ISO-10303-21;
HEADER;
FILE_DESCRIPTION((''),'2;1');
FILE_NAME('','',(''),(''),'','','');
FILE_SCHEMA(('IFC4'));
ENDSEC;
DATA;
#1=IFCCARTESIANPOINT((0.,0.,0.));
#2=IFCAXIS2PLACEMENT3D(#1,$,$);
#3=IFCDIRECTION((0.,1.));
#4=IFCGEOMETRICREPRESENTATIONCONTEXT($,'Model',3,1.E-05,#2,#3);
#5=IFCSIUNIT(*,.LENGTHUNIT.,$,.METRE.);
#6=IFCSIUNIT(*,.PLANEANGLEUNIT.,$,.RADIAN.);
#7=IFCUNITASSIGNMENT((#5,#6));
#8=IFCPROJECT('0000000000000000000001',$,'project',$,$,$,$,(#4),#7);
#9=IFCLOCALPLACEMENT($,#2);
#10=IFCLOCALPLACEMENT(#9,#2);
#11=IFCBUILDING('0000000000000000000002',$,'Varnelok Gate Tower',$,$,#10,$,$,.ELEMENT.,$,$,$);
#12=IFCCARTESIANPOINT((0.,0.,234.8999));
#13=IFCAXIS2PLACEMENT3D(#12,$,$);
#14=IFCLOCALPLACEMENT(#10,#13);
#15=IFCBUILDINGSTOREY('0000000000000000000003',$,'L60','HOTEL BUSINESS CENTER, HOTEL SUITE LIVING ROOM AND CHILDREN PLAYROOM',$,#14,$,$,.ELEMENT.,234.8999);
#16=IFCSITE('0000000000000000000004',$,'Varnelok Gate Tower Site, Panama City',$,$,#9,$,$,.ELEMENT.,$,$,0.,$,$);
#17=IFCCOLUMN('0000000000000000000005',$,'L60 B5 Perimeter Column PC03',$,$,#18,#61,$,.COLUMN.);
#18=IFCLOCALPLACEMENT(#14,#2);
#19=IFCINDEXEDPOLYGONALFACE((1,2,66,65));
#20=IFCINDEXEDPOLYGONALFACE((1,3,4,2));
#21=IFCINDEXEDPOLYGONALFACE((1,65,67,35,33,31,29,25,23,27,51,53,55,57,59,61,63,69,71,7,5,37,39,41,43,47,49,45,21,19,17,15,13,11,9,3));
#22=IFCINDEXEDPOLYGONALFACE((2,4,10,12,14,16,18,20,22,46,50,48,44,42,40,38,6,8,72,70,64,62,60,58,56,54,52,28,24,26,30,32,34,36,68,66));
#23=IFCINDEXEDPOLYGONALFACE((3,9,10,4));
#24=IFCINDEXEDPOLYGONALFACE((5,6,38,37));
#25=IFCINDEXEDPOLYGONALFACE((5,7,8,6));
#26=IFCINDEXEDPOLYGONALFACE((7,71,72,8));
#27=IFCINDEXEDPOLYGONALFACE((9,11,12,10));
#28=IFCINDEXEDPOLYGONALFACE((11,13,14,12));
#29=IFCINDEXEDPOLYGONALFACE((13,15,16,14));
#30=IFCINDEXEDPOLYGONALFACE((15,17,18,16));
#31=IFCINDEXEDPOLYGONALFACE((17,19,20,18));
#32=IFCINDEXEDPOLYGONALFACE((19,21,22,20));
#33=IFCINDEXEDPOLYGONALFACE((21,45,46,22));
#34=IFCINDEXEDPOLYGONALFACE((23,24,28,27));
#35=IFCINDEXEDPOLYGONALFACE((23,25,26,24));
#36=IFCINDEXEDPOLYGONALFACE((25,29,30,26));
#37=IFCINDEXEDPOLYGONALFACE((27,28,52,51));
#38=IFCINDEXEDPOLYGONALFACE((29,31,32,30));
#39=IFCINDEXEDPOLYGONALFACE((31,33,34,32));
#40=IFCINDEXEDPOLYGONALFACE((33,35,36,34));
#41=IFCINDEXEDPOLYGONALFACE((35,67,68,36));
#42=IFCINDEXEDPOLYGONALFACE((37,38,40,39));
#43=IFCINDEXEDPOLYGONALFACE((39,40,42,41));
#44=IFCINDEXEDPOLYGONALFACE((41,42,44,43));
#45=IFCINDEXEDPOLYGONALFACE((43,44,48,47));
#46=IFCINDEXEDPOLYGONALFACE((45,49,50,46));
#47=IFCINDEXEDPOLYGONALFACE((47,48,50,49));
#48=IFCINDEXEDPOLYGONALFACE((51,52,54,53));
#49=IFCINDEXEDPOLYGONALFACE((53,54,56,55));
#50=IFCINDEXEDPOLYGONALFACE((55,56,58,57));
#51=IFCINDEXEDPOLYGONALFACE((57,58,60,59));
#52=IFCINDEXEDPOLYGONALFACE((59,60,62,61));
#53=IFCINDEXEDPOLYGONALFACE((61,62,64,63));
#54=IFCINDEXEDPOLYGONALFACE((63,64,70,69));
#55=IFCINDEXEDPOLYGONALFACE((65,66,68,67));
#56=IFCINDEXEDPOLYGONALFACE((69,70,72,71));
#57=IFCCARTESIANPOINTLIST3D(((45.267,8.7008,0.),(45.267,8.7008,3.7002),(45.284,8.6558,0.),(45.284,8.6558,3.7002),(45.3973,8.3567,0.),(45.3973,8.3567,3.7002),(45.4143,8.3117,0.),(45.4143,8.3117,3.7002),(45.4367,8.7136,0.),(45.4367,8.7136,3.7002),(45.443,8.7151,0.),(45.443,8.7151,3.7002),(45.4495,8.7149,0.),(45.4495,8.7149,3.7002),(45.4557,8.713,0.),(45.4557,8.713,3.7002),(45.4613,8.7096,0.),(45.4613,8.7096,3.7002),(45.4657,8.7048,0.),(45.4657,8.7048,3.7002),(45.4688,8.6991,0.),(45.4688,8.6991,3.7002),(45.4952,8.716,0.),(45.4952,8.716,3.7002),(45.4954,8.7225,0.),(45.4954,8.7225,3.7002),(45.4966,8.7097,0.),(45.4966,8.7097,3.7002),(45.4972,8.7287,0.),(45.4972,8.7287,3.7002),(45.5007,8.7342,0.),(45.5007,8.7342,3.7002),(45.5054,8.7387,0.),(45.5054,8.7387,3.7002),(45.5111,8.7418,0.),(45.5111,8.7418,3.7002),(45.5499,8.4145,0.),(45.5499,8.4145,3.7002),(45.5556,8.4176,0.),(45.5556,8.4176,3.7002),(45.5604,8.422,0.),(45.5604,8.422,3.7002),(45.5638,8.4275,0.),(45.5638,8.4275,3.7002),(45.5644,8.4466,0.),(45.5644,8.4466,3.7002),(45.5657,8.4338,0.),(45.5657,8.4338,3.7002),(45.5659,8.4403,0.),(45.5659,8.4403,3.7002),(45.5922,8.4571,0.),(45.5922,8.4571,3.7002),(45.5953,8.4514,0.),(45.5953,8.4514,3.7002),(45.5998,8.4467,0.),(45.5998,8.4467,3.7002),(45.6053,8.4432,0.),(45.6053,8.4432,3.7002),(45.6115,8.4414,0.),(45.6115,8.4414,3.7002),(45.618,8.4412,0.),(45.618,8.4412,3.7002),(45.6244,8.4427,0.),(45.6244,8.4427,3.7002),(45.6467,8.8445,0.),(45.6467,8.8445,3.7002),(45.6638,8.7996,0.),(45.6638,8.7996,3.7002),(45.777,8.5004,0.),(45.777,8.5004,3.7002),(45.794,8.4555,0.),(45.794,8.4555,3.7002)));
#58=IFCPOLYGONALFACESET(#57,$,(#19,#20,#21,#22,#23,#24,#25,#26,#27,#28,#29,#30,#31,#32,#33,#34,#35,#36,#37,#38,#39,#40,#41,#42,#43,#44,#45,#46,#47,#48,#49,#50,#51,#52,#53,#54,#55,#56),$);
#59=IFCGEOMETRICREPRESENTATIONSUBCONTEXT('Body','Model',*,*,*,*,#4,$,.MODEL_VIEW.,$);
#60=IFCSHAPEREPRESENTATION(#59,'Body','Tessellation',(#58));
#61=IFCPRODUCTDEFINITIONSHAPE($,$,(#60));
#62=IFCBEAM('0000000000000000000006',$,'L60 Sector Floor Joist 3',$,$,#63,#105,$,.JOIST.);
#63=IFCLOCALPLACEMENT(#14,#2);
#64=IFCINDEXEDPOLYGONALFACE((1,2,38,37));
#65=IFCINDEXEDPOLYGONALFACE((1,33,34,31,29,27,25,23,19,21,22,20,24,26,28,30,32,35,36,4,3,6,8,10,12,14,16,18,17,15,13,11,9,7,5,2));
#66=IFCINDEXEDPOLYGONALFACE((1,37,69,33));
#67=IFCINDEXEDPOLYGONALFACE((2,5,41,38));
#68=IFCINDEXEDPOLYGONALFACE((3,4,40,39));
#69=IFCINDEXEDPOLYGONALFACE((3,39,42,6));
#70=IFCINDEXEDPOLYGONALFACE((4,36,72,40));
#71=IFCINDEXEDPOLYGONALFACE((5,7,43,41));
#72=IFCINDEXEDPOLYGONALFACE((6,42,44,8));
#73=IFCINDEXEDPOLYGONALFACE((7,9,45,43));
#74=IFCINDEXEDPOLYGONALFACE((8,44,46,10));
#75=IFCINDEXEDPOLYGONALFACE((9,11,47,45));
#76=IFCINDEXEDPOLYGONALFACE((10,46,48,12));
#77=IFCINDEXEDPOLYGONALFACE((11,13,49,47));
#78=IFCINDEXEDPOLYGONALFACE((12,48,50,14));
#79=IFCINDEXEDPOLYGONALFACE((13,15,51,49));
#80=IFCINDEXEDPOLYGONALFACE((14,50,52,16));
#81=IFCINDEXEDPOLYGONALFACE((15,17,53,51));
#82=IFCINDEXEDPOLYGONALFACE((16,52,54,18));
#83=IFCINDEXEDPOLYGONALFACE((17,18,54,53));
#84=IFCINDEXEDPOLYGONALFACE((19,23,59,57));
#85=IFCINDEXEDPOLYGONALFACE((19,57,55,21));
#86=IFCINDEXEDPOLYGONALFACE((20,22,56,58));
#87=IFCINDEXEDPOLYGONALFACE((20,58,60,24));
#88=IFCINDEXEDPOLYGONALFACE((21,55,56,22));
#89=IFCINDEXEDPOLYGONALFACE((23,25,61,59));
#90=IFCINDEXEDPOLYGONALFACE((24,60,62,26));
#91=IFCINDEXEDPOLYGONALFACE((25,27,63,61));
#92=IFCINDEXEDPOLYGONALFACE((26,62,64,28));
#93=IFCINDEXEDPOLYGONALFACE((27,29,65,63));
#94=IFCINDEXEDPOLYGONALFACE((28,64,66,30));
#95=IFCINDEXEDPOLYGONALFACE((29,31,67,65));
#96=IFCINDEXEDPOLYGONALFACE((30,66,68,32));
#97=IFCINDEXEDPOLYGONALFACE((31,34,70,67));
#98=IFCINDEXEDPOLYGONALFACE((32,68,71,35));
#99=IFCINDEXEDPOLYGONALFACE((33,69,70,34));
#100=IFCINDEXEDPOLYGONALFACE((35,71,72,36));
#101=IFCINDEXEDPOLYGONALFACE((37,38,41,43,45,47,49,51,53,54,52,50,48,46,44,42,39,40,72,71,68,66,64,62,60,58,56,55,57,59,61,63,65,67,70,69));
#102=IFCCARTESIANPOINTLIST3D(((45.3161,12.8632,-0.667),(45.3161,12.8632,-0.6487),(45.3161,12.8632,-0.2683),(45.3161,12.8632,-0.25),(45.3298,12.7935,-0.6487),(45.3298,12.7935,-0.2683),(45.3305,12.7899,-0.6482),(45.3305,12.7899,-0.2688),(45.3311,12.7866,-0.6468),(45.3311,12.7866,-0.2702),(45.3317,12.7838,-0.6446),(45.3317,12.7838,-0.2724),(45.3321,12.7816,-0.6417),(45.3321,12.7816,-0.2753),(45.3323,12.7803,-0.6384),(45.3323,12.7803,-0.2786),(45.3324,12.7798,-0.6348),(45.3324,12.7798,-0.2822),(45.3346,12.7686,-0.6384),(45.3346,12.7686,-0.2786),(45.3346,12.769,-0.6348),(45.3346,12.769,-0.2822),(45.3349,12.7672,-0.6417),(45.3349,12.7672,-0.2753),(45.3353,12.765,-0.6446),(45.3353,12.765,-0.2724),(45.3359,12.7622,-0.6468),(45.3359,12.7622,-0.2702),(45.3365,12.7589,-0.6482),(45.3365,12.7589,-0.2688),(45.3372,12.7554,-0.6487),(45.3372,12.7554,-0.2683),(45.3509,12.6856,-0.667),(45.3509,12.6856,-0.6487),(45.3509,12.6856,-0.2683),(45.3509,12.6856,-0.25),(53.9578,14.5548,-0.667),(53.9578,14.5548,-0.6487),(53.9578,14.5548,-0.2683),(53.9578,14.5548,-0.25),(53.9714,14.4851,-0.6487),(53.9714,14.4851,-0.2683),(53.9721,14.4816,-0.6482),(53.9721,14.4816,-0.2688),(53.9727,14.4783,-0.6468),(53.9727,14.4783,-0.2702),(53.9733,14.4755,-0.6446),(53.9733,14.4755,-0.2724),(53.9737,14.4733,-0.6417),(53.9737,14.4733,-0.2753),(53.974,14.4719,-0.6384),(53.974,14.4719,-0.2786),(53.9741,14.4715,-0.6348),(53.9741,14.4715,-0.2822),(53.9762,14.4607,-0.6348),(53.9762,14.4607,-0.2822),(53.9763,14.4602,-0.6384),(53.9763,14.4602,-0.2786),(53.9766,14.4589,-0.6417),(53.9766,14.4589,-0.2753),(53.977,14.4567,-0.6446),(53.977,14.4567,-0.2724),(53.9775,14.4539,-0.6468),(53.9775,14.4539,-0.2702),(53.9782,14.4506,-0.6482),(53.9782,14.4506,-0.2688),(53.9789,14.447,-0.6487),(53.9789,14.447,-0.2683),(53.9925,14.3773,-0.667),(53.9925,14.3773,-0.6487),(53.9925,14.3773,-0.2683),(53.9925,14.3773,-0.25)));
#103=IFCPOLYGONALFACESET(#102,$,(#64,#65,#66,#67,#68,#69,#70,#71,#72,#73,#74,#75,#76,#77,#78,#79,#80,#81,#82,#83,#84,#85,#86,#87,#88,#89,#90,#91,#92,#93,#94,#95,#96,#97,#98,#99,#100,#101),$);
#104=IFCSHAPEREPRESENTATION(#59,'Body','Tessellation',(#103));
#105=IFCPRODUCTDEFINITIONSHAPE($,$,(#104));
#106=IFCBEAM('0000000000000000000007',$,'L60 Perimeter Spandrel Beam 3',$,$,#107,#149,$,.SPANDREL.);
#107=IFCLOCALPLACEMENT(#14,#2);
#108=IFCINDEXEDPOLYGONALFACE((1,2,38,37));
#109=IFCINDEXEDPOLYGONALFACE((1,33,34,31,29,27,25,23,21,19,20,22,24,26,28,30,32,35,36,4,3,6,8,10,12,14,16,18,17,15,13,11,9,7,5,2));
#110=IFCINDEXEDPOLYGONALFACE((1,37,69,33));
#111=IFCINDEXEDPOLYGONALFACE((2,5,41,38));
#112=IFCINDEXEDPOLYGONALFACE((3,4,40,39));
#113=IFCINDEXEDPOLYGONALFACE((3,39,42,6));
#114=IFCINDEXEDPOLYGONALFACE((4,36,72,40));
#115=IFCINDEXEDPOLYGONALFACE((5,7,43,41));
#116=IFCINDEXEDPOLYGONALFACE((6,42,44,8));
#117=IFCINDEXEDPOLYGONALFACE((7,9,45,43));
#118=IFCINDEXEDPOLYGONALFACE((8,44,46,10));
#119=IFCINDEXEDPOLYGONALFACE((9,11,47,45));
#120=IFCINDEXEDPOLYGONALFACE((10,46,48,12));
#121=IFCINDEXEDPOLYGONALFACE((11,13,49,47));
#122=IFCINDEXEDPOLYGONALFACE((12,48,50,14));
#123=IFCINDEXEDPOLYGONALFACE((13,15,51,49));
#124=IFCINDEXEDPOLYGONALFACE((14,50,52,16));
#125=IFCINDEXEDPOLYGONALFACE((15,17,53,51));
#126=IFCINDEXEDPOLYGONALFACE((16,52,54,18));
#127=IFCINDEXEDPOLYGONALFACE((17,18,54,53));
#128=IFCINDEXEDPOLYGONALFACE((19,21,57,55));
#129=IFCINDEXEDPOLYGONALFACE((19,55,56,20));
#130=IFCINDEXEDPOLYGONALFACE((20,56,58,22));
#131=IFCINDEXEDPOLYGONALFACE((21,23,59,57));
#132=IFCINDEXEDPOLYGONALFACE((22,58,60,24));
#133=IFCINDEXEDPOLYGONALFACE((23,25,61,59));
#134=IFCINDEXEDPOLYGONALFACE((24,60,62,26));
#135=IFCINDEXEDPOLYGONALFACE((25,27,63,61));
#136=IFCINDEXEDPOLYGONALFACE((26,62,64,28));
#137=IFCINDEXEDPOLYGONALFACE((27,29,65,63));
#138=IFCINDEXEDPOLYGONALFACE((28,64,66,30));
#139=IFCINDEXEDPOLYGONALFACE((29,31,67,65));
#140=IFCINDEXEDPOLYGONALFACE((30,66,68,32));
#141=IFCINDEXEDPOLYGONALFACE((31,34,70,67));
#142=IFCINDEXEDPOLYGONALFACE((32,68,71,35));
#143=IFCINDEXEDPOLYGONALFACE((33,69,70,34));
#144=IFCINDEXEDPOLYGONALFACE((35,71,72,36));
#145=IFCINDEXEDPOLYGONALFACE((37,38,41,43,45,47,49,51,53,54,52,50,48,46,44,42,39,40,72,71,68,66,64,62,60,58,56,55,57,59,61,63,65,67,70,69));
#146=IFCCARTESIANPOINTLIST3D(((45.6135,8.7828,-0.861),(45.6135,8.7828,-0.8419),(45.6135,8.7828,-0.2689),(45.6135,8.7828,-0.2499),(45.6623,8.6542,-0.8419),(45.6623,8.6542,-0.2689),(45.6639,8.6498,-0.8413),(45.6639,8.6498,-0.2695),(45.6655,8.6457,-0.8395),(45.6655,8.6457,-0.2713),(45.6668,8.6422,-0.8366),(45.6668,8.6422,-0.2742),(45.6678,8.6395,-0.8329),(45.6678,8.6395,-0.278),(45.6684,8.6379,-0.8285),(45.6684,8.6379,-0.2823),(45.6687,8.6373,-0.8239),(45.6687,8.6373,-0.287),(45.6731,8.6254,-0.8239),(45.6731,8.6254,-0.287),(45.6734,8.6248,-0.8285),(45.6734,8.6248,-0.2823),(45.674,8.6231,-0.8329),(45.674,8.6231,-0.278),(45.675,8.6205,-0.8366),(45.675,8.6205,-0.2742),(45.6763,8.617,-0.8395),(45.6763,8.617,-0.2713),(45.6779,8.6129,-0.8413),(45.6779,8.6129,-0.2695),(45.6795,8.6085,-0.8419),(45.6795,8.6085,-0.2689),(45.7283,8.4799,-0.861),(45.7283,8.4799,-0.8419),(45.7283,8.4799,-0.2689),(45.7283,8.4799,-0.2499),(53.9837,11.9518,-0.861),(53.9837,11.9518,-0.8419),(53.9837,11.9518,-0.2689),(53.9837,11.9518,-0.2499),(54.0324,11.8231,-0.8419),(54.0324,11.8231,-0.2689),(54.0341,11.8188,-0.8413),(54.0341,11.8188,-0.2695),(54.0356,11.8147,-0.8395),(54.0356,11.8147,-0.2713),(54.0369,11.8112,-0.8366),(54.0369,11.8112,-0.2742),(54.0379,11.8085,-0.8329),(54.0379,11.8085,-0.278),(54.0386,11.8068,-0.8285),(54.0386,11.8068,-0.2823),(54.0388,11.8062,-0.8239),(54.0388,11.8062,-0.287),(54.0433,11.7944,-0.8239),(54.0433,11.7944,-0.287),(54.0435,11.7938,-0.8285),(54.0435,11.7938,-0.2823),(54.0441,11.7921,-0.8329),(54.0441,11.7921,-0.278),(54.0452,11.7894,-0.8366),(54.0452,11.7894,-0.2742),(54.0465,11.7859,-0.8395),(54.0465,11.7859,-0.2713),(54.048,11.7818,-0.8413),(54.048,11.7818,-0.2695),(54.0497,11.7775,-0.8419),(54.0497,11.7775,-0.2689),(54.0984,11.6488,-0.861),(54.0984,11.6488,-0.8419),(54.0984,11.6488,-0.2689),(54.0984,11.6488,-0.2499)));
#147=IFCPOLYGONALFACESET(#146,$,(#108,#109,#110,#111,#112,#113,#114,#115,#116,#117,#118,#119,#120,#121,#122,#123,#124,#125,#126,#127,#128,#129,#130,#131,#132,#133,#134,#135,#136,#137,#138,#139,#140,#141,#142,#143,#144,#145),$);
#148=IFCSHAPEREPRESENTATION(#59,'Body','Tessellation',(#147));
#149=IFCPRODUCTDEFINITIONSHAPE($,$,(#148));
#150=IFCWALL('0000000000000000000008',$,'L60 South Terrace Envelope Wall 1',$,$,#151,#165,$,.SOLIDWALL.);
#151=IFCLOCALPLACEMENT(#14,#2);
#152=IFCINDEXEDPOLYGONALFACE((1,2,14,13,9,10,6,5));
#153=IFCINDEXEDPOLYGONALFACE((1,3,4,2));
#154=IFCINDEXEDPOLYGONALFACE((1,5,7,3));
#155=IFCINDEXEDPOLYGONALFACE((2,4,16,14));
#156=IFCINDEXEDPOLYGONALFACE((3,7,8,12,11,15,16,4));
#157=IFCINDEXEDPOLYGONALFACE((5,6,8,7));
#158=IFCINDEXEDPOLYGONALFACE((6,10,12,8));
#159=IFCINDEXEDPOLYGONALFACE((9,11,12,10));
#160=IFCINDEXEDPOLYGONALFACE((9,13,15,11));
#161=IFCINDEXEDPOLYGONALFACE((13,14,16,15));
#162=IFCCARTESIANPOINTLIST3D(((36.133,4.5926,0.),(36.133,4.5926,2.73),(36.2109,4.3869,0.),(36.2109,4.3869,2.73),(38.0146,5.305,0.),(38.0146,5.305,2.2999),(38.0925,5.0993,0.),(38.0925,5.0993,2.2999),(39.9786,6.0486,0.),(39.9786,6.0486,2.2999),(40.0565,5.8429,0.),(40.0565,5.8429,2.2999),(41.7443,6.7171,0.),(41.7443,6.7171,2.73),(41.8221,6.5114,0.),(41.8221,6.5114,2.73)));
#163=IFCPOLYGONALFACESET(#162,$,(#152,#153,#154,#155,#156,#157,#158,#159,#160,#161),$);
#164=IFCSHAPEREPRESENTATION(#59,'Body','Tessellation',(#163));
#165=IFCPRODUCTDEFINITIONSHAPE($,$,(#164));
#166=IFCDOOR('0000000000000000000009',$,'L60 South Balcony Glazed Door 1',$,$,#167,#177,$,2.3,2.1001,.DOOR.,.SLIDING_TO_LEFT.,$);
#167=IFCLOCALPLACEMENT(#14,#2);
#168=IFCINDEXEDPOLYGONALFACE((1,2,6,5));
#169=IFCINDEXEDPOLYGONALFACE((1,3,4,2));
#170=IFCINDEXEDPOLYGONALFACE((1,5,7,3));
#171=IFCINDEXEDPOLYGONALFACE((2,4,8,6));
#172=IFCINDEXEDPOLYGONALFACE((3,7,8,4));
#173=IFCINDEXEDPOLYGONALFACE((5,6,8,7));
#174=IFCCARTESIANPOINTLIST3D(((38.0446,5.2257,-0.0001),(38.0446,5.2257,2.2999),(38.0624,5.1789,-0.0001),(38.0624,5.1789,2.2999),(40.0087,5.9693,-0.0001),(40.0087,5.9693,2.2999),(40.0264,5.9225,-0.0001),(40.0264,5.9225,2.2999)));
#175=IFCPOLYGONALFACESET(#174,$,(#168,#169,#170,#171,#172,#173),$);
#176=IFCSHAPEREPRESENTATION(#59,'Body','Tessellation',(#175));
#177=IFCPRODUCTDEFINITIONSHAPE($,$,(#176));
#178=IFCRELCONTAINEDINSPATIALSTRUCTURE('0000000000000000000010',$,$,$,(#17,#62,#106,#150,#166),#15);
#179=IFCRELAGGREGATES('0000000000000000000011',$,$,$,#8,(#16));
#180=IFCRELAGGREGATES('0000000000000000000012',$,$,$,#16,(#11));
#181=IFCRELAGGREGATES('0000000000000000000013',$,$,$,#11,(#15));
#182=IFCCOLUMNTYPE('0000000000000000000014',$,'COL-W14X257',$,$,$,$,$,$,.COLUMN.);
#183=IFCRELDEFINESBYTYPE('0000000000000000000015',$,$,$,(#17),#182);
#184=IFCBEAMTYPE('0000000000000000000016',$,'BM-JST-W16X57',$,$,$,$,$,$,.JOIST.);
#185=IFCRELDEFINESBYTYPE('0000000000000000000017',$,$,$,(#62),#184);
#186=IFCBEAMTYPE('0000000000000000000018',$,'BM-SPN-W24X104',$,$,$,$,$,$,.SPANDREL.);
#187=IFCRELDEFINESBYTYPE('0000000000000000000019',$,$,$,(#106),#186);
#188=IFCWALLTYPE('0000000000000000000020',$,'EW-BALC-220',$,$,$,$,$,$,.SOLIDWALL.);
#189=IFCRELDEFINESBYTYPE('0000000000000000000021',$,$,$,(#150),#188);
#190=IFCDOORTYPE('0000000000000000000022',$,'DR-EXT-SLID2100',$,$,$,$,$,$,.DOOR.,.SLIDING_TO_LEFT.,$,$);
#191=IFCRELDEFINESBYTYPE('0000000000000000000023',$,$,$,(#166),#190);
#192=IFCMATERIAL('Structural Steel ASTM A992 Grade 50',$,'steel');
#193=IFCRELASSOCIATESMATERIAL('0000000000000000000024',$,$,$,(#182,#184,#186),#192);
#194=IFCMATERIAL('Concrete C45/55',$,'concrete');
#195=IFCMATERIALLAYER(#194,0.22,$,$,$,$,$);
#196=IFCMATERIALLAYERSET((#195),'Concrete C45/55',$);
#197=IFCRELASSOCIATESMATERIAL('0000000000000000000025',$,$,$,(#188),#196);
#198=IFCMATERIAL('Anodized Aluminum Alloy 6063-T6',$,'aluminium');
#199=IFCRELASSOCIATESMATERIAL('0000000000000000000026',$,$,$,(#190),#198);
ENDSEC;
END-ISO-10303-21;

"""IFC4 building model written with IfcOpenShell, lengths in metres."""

from ifc_helpers import new_model, si_unit, direction, frame, frame_2d, origin, origin_2d, place, context, subcontext, project, spatial, rectangle, i_section, extrude, material, layer, layer_set, material_profile, profile_set, type_object, element, fill, save


model = new_model("IFC4")

# Units and contexts
model_context = context("Model", 3, precision=1e-05, world=origin(), true_north=direction((0.0, 1.0)))
body_context = subcontext(model_context, "Body", "Model", "MODEL_VIEW")
ifc_project = project(units=[si_unit("LENGTHUNIT", "METRE"), si_unit("PLANEANGLEUNIT", "RADIAN")], contexts=[model_context])

# Site, building, storey
site_placement = place(None, origin())
site = spatial("IfcSite", under=ifc_project, at=site_placement, Name="Varnelok Gate Tower Site, Panama City", CompositionType="ELEMENT", RefElevation=0.0)
building_placement = place(site_placement, origin())
building = spatial("IfcBuilding", under=site, at=building_placement, Name="Varnelok Gate Tower", CompositionType="ELEMENT")
storey_placement = place(building_placement, frame((0.0, 0.0, 234.8999)))
storey = spatial("IfcBuildingStorey", under=building, at=storey_placement, Name="L60", Description="HOTEL BUSINESS CENTER, HOTEL SUITE LIVING ROOM AND CHILDREN PLAYROOM", CompositionType="ELEMENT", Elevation=234.8999)

# Column
ifc_material_1 = material(Name="Structural Steel ASTM A992 Grade 50", Category="steel")
ifc_material_profile_1 = material_profile(ifc_material_1, i_section(OverallWidth=0.406, OverallDepth=0.416, WebThickness=0.0298, FlangeThickness=0.0481, FilletRadius=0.0249, at=origin_2d()), Name="W14X257")
ifc_profile_set_1 = profile_set([ifc_material_profile_1], Name="Structural Steel ASTM A992 Grade 50")
column_type = type_object("IfcColumnType", Name="COL-W14X257", PredefinedType="COLUMN", material=ifc_profile_set_1)
column_placement = place(storey_placement, frame((45.5305, 8.5781, 0.0), z_axis=(0.0, 0.0, 1.0), x_axis=(0.935222, 0.354063, 0.0)))
element("IfcColumn", 1, at=column_placement, inside=storey, type_object=column_type, Name="L60 B5 Perimeter Column PC03", PredefinedType="COLUMN", context=body_context, shape_type="SweptSolid", body=[
    extrude(i_section(OverallWidth=0.406, OverallDepth=0.416, WebThickness=0.0298, FlangeThickness=0.0481, FilletRadius=0.0249, at=origin_2d()), origin(), (0.0, 0.0, 1.0), 3.7002),
])

# Beams
ifc_material_profile_2 = material_profile(ifc_material_1, i_section(OverallWidth=0.1809, OverallDepth=0.417, WebThickness=0.011, FlangeThickness=0.0183, FilletRadius=0.0139, at=origin_2d()), Name="W16X57")
ifc_profile_set_2 = profile_set([ifc_material_profile_2], Name="Structural Steel ASTM A992 Grade 50")
beam_type_1 = type_object("IfcBeamType", Name="BM-JST-W16X57", PredefinedType="JOIST", material=ifc_profile_set_2)
beam_1_placement = place(storey_placement, frame((45.3335, 12.7744, -0.4585), z_axis=(0.981373, 0.19211, 0.0), x_axis=(-0.19211, 0.981373, 0.0)))
element("IfcBeam", 2, at=beam_1_placement, inside=storey, type_object=beam_type_1, Name="L60 Sector Floor Joist 3", PredefinedType="JOIST", context=body_context, shape_type="SweptSolid", body=[
    extrude(i_section(OverallWidth=0.1809, OverallDepth=0.417, WebThickness=0.011, FlangeThickness=0.0183, FilletRadius=0.0139, at=origin_2d()), origin(), (0.0, 0.0, 1.0), 8.8057),
])
ifc_material_profile_3 = material_profile(ifc_material_1, i_section(OverallWidth=0.324, OverallDepth=0.6111, WebThickness=0.0127, FlangeThickness=0.019, FilletRadius=0.0181, at=origin_2d()), Name="W24X104")
ifc_profile_set_3 = profile_set([ifc_material_profile_3], Name="Structural Steel ASTM A992 Grade 50")
beam_type_2 = type_object("IfcBeamType", Name="BM-SPN-W24X104", PredefinedType="SPANDREL", material=ifc_profile_set_3)
beam_2_placement = place(storey_placement, frame((45.6709, 8.6313, -0.5554), z_axis=(0.935217, 0.354075, 0.0), x_axis=(-0.354075, 0.935217, 0.0)))
element("IfcBeam", 3, at=beam_2_placement, inside=storey, type_object=beam_type_2, Name="L60 Perimeter Spandrel Beam 3", PredefinedType="SPANDREL", context=body_context, shape_type="SweptSolid", body=[
    extrude(i_section(OverallWidth=0.324, OverallDepth=0.6111, WebThickness=0.0127, FlangeThickness=0.019, FilletRadius=0.0181, at=origin_2d()), origin(), (0.0, 0.0, 1.0), 8.95),
])

# Wall, opening, door
ifc_material_2 = material(Name="Concrete C45/55", Category="concrete")
ifc_layer_1 = layer(ifc_material_2, 0.22)
ifc_layer_set_1 = layer_set([ifc_layer_1], Name="Concrete C45/55")
wall_type_1 = type_object("IfcWallType", Name="EW-BALC-220", PredefinedType="SOLIDWALL", material=ifc_layer_set_1)
wall_1_placement = place(storey_placement, frame((41.7832, 6.6143, 0.0), z_axis=(0.0, 0.0, 1.0), x_axis=(-0.935214, -0.354083, 0.0)))
wall_1 = element("IfcWall", 4, at=wall_1_placement, inside=storey, type_object=wall_type_1, Name="L60 South Terrace Envelope Wall 1", PredefinedType="SOLIDWALL", context=body_context, shape_type="SweptSolid", body=[
    extrude(rectangle(XDim=6.0, YDim=0.22, at=frame_2d((3.0, 0.0))), origin(), (0.0, 0.0, 1.0), 2.73),
])
opening_1_placement = place(wall_1_placement, frame((1.8879, 0.0, 0.0)))
opening_1 = element("IfcOpeningElement", 5, at=opening_1_placement, cuts=wall_1, PredefinedType="OPENING", context=body_context, shape_type="SweptSolid", body=[
    extrude(rectangle(XDim=2.1001, YDim=2.3, at=frame_2d((1.05, 1.1499))), frame((0.0, 0.1199, 0.0), z_axis=(0.0, -1.0, 0.0), x_axis=(1.0, 0.0, 0.0)), (0.0, 0.0, 1.0), 0.24),
])
ifc_material_3 = material(Name="Anodized Aluminum Alloy 6063-T6", Category="aluminium")
door_type_1 = type_object("IfcDoorType", Name="DR-EXT-SLID2100", OperationType="SLIDING_TO_LEFT", PredefinedType="DOOR", material=ifc_material_3)
door_1_placement = place(opening_1_placement, origin())
door_1 = element("IfcDoor", 6, at=door_1_placement, inside=storey, type_object=door_type_1, Name="L60 South Balcony Glazed Door 1", OperationType="SLIDING_TO_LEFT", OverallHeight=2.3, OverallWidth=2.1001, PredefinedType="DOOR", context=body_context, shape_type="SweptSolid", body=[
    extrude(rectangle(XDim=2.1001, YDim=2.3, at=frame_2d((1.05, 1.1499))), frame((0.0, 0.0249, 0.0), z_axis=(0.0, -1.0, 0.0), x_axis=(1.0, 0.0, 0.0)), (0.0, 0.0, 1.0), 0.05),
])
fill(opening_1, door_1)

save(model, "model.ifc")
